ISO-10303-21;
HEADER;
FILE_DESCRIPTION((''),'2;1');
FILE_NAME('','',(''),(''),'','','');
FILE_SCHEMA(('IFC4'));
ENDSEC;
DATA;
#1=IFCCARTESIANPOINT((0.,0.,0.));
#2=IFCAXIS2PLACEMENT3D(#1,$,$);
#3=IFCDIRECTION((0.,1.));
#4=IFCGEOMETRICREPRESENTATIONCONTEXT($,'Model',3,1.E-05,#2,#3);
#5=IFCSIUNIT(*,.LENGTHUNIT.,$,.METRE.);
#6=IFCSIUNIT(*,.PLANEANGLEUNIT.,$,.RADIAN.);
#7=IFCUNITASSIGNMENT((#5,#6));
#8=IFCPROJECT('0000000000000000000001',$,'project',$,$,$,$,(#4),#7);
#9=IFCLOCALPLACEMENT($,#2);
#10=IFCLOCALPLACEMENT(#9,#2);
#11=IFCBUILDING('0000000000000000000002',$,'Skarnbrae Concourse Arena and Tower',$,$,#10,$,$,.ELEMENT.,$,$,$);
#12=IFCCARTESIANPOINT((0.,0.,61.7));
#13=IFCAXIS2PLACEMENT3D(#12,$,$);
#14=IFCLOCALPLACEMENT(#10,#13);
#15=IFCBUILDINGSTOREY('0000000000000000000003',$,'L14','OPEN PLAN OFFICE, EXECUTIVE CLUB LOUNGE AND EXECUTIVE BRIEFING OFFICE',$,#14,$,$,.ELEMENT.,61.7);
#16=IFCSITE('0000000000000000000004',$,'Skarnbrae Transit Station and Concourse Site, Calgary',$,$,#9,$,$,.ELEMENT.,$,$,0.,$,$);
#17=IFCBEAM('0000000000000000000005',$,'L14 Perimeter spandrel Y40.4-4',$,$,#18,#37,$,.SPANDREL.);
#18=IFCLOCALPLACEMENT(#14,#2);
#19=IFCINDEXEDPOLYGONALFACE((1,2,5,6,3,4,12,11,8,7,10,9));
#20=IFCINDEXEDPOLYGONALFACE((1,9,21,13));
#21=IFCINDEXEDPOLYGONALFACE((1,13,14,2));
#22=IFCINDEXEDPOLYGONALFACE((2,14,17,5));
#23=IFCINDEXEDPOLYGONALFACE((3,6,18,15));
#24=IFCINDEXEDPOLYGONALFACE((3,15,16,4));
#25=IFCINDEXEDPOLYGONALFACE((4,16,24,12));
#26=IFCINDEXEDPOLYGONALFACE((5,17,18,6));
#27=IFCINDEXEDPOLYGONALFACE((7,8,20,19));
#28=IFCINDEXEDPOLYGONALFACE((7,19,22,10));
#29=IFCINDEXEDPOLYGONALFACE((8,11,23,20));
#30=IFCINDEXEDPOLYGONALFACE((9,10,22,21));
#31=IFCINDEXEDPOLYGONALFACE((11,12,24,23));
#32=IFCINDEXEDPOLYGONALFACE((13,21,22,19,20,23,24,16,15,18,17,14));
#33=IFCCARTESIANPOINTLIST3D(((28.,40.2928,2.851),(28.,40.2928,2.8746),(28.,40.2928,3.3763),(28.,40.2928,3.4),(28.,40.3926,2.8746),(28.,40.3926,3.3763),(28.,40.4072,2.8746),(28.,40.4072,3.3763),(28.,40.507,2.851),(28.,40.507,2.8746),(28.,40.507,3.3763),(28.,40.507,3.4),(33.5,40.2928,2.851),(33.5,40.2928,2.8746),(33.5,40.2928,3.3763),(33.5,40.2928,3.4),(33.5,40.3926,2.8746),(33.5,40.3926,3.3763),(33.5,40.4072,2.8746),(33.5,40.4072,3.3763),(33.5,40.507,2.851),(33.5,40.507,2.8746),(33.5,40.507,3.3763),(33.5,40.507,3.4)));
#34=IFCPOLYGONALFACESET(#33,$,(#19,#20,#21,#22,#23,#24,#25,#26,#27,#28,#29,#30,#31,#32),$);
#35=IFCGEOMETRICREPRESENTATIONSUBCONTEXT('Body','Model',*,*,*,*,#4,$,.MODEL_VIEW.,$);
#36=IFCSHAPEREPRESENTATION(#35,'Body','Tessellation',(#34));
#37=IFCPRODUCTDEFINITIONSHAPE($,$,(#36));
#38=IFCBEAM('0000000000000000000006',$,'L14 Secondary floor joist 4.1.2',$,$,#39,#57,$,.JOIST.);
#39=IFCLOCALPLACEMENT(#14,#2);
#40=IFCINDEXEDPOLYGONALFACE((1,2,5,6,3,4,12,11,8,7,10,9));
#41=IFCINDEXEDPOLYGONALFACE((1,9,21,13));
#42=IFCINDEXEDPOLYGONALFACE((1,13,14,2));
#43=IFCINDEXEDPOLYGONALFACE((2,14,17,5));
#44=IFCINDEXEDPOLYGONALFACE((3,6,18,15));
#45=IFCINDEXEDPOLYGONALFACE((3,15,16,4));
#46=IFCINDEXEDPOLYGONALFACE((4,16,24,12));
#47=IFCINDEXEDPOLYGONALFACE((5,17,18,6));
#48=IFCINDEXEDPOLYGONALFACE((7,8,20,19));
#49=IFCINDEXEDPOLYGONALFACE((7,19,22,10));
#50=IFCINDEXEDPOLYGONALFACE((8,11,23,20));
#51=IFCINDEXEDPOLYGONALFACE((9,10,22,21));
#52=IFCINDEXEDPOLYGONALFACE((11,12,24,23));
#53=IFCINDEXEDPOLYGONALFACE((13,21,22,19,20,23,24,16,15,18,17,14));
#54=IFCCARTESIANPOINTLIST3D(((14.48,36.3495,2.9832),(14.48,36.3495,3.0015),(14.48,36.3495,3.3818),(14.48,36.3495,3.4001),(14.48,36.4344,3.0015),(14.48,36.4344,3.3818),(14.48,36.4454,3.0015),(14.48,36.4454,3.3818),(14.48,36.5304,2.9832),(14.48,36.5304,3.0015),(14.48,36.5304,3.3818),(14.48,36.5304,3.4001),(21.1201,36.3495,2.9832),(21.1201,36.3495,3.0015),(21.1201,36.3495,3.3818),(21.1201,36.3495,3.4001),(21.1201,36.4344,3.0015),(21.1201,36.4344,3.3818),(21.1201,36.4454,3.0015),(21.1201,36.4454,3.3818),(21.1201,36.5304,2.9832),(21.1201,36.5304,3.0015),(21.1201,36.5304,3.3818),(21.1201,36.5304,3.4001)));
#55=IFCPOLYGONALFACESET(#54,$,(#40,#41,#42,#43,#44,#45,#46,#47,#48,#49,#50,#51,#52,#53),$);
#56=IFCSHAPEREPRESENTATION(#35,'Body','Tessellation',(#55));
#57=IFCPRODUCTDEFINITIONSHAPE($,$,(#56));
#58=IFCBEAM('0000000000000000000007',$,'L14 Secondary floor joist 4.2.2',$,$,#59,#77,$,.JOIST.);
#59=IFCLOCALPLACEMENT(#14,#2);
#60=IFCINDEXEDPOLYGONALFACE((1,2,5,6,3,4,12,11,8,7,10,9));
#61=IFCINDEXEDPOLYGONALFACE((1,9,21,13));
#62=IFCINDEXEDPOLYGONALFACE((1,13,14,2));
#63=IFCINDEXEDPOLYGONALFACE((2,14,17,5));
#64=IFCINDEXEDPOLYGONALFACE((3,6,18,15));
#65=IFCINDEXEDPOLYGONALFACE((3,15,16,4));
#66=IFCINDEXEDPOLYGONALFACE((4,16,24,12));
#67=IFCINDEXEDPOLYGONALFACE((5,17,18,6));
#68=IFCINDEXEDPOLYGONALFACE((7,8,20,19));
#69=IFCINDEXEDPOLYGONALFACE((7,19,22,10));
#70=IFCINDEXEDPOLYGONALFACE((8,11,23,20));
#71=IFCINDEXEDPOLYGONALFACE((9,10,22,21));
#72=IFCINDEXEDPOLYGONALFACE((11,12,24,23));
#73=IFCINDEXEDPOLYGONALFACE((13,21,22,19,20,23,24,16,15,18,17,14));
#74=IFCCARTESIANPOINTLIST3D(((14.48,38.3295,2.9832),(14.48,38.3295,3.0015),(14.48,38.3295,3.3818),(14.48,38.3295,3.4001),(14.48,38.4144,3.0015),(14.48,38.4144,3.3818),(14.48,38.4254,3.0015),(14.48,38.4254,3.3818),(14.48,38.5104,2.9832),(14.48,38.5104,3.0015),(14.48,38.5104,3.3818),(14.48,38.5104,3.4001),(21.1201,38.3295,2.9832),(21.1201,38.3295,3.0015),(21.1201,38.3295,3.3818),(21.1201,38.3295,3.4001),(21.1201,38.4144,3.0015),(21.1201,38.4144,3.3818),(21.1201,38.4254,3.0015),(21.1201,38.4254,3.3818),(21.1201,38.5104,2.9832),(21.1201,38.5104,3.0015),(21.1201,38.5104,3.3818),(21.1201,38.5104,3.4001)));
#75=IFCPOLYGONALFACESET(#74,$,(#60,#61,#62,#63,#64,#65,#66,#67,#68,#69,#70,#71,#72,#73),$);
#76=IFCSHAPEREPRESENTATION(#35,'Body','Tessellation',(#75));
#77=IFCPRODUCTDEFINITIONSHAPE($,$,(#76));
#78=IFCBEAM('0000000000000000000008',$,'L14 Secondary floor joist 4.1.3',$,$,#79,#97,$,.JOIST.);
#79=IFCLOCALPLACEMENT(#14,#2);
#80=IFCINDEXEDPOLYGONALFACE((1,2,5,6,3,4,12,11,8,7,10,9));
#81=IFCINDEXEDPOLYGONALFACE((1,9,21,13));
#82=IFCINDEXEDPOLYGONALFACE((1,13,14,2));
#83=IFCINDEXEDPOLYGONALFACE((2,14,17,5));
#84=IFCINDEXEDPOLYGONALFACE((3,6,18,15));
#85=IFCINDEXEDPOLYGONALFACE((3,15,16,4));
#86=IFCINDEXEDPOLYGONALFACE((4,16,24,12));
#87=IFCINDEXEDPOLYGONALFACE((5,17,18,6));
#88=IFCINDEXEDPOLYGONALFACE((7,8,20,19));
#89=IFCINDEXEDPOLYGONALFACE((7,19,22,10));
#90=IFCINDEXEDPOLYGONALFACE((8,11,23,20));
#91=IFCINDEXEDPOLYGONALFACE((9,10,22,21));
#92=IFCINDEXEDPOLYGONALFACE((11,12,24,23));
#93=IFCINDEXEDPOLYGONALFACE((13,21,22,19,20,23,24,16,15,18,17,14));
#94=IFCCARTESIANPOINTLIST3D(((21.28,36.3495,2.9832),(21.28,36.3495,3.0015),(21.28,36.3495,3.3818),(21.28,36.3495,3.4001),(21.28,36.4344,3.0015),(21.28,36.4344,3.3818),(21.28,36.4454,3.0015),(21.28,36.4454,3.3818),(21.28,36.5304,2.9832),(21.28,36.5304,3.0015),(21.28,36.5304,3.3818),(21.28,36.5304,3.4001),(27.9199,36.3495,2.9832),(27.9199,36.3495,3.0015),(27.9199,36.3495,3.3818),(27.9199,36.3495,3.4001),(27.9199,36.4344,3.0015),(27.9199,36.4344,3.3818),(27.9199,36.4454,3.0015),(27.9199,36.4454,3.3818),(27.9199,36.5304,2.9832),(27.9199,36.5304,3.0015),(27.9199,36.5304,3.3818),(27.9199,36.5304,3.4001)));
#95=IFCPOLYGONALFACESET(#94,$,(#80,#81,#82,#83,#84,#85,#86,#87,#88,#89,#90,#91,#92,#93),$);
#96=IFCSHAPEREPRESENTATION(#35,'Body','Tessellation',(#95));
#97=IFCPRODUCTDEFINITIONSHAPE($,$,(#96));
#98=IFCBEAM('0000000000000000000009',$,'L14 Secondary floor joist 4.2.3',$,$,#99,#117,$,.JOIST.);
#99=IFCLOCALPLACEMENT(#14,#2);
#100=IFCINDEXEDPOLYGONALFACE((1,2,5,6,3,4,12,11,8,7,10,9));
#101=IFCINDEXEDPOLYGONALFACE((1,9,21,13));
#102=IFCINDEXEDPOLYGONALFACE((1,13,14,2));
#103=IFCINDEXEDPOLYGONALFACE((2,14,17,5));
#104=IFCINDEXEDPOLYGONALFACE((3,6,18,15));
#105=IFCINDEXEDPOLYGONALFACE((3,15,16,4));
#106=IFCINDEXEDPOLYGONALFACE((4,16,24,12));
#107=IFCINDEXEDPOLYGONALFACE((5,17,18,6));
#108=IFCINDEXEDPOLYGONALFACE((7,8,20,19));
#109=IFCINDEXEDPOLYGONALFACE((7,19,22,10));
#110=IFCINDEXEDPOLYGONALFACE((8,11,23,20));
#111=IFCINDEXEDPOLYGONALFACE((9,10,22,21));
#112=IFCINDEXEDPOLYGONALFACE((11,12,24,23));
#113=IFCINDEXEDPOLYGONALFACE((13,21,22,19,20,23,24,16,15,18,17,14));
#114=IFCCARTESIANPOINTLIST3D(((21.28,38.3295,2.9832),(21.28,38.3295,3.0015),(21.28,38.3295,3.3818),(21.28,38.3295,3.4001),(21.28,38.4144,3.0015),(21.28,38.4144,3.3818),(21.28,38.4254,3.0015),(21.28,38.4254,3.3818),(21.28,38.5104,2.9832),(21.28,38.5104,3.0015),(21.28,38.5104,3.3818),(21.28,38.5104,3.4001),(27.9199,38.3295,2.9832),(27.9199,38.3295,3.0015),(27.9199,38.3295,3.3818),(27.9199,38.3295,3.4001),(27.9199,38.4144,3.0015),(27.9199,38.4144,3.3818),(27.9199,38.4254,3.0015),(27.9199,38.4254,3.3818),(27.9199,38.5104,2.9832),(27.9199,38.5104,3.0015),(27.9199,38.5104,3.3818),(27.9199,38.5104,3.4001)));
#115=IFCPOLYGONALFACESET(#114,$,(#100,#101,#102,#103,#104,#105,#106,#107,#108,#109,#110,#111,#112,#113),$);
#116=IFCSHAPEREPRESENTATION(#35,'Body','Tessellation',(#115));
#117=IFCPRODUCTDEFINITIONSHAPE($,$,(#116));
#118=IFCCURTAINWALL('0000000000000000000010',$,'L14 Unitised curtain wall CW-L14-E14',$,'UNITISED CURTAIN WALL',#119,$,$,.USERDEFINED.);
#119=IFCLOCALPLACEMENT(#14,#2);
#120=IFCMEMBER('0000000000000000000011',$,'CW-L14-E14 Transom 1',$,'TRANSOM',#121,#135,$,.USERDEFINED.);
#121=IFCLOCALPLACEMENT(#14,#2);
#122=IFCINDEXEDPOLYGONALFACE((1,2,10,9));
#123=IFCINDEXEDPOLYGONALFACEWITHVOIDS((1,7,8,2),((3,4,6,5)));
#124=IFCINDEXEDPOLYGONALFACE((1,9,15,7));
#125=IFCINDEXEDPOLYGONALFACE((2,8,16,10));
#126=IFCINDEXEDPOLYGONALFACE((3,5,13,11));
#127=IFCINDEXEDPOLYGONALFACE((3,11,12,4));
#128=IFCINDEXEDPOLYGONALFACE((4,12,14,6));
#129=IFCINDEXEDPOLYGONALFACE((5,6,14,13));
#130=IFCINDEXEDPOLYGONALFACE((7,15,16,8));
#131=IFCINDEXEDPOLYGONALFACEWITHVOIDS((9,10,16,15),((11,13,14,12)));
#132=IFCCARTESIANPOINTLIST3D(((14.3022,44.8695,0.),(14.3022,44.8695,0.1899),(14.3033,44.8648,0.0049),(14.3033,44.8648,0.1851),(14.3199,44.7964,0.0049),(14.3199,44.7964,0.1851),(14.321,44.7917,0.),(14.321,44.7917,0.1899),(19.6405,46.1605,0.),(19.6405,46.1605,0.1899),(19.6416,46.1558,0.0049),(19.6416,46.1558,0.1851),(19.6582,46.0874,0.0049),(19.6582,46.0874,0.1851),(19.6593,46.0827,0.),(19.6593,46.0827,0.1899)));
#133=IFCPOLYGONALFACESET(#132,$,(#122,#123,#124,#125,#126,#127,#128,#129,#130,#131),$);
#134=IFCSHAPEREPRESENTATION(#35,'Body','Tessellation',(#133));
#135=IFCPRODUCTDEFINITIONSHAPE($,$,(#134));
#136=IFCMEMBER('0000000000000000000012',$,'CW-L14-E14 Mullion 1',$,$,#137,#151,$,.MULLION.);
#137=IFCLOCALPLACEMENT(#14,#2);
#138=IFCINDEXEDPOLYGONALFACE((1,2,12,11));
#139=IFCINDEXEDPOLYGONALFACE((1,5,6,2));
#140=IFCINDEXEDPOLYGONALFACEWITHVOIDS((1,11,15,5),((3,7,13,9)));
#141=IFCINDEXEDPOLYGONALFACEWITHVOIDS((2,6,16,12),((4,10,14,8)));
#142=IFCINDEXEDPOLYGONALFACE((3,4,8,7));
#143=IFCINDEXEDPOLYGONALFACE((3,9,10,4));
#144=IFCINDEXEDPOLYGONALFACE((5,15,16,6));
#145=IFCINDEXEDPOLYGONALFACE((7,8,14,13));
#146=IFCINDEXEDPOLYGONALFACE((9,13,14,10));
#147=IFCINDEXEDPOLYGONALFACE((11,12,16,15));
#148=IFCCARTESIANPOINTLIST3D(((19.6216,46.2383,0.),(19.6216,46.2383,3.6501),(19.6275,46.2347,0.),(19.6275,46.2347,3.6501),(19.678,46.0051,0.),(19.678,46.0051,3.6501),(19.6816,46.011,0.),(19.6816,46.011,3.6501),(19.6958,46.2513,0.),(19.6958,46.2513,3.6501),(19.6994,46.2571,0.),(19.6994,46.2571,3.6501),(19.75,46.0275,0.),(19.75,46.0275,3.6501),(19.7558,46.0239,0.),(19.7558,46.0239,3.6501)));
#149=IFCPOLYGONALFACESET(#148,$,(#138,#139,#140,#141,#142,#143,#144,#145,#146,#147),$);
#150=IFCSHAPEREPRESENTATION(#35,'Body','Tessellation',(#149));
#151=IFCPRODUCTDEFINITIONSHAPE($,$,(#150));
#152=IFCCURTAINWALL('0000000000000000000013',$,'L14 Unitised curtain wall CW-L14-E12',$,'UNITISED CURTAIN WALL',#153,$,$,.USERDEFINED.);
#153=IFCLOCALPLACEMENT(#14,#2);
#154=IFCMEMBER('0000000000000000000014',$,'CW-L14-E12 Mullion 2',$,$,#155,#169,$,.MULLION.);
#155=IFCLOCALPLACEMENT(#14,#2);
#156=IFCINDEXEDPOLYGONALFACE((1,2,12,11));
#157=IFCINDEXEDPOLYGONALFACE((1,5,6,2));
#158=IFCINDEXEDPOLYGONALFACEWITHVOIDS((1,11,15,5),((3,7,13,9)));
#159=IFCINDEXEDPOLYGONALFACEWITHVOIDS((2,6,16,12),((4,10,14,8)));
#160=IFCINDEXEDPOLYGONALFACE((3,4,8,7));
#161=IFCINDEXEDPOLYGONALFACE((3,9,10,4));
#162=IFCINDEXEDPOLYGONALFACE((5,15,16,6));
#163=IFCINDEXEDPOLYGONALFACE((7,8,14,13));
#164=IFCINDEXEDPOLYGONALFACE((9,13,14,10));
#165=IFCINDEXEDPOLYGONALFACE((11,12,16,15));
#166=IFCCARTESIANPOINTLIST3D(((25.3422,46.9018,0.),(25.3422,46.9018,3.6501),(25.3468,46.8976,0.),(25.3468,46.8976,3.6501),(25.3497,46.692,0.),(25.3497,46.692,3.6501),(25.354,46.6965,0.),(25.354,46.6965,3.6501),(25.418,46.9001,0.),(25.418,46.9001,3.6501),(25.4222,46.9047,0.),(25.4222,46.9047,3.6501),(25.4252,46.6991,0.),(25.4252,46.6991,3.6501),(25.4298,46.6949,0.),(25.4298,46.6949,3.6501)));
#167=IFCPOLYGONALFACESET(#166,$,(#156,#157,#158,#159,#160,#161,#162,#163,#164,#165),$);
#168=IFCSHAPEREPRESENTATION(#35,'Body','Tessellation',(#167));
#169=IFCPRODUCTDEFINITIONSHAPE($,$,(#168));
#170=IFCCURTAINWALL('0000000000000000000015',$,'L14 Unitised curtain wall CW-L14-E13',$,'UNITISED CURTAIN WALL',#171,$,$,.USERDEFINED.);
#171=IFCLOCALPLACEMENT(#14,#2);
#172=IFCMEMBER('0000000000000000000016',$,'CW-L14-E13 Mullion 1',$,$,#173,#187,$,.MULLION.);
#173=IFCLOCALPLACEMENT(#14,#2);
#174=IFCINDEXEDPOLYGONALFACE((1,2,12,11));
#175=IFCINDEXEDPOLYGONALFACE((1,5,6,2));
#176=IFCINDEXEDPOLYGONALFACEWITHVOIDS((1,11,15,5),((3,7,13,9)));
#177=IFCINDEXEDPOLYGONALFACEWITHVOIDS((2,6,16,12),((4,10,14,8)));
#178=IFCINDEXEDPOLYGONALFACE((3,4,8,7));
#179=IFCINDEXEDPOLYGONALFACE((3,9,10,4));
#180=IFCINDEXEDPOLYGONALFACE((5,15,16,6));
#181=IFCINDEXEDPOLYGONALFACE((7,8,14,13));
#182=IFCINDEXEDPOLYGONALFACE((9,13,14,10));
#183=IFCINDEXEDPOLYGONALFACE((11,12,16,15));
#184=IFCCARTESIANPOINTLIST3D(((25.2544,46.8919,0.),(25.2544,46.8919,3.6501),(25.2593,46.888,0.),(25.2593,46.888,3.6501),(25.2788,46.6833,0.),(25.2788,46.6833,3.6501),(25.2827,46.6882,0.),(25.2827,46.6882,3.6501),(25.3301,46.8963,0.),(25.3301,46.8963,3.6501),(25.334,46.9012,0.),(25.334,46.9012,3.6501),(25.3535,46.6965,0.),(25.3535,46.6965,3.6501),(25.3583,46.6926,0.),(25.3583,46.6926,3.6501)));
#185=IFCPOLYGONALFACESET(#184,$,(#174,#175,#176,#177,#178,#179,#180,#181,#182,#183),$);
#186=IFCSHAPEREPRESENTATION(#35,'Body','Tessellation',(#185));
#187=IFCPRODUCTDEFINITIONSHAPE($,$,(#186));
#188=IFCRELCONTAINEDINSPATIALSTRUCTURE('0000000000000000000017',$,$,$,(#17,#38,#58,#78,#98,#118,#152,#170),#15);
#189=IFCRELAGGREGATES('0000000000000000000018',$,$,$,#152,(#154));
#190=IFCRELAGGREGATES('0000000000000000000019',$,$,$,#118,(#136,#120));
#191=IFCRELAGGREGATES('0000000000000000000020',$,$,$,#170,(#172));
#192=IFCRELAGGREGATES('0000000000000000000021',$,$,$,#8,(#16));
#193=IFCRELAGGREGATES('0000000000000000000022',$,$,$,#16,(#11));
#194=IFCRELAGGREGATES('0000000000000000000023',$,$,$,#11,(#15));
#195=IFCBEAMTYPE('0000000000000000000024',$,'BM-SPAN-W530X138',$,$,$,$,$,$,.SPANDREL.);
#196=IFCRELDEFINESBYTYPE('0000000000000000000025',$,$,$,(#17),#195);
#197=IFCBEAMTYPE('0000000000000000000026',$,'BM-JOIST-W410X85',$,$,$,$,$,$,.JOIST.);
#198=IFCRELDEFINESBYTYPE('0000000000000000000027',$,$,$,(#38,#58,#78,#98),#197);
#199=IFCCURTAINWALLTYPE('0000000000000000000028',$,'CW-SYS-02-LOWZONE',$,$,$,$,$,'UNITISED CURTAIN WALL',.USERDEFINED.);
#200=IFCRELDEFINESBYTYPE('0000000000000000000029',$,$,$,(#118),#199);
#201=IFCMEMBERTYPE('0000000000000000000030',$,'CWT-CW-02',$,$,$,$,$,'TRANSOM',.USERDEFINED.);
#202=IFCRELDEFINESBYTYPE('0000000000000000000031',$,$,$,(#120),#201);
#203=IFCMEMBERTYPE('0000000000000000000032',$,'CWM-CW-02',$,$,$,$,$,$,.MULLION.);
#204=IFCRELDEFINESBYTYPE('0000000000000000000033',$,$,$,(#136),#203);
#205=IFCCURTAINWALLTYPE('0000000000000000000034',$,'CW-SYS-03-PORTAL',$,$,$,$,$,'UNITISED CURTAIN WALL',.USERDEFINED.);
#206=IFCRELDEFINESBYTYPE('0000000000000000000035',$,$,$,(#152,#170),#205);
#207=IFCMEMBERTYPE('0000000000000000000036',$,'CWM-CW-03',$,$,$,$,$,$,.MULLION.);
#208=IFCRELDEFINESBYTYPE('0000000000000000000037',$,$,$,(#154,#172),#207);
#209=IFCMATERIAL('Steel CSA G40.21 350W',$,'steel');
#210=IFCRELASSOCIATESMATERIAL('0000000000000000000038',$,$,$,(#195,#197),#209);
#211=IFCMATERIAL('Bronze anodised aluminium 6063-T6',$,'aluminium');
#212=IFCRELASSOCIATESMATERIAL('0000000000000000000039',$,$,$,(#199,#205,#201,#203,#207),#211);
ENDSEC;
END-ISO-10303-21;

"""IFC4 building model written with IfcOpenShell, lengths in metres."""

from ifc_helpers import new_model, si_unit, direction, frame, origin, origin_2d, place, context, subcontext, project, spatial, hollow_rectangle, i_section, extrude, source, transform, mapped, material, material_profile, profile_set, type_object, element, aggregate, save


model = new_model("IFC4")

# Units and contexts
model_context = context("Model", 3, precision=1e-05, world=origin(), true_north=direction((0.0, 1.0)))
body_context = subcontext(model_context, "Body", "Model", "MODEL_VIEW")
ifc_project = project(units=[si_unit("LENGTHUNIT", "METRE"), si_unit("PLANEANGLEUNIT", "RADIAN")], contexts=[model_context])

# Site, building, storey
site_placement = place(None, origin())
site = spatial("IfcSite", under=ifc_project, at=site_placement, Name="Skarnbrae Transit Station and Concourse Site, Calgary", CompositionType="ELEMENT", RefElevation=0.0)
building_placement = place(site_placement, origin())
building = spatial("IfcBuilding", under=site, at=building_placement, Name="Skarnbrae Concourse Arena and Tower", CompositionType="ELEMENT")
storey_placement = place(building_placement, frame((0.0, 0.0, 61.7)))
storey = spatial("IfcBuildingStorey", under=building, at=storey_placement, Name="L14", Description="OPEN PLAN OFFICE, EXECUTIVE CLUB LOUNGE AND EXECUTIVE BRIEFING OFFICE", CompositionType="ELEMENT", Elevation=61.7)

# Shared definitions
ifc_material_1 = material(Name="Steel CSA G40.21 350W", Category="steel")

# Beams
ifc_material_profile_1 = material_profile(ifc_material_1, i_section(OverallWidth=0.2141, OverallDepth=0.5491, WebThickness=0.0146, FlangeThickness=0.0237, at=origin_2d()), Name="W530X138")
ifc_profile_set_1 = profile_set([ifc_material_profile_1], Name="Steel CSA G40.21 350W")
beam_type_1 = type_object("IfcBeamType", Name="BM-SPAN-W530X138", PredefinedType="SPANDREL", material=ifc_profile_set_1)
shared_shape_1 = source(origin(), body_context, "Body", "SweptSolid", [
    extrude(i_section(OverallWidth=0.2141, OverallDepth=0.5491, WebThickness=0.0146, FlangeThickness=0.0237, at=origin_2d()), origin(), (0.0, 0.0, 1.0), 5.5),
])
beam_1_placement = place(storey_placement, frame((28.0, 40.3999, 3.1255), z_axis=(1.0, 0.0, 0.0), x_axis=(0.0, 1.0, 0.0)))
element("IfcBeam", 1, at=beam_1_placement, inside=storey, type_object=beam_type_1, Name="L14 Perimeter spandrel Y40.4-4", PredefinedType="SPANDREL", context=body_context, shape_type="MappedRepresentation", body=[
    mapped(shared_shape_1, transform((0.0, 0.0, 0.0))),
])
ifc_material_profile_2 = material_profile(ifc_material_1, i_section(OverallWidth=0.1809, OverallDepth=0.417, WebThickness=0.011, FlangeThickness=0.0183, at=origin_2d()), Name="W410X85")
ifc_profile_set_2 = profile_set([ifc_material_profile_2], Name="Steel CSA G40.21 350W")
beam_type_2 = type_object("IfcBeamType", Name="BM-JOIST-W410X85", PredefinedType="JOIST", material=ifc_profile_set_2)
shared_shape_2 = source(origin(), body_context, "Body", "SweptSolid", [
    extrude(i_section(OverallWidth=0.1809, OverallDepth=0.417, WebThickness=0.011, FlangeThickness=0.0183, at=origin_2d()), origin(), (0.0, 0.0, 1.0), 6.6401),
])
for number, where, z_axis, x_axis, name in (
    (2, (14.48, 36.4399, 3.1917), (1.0, 0.0, 0.0), (0.0, 1.0, 0.0), "L14 Secondary floor joist 4.1.2"),
    (3, (14.48, 38.4199, 3.1917), (1.0, 0.0, 0.0), (0.0, 1.0, 0.0), "L14 Secondary floor joist 4.2.2"),
):
    element("IfcBeam", number, at=place(storey_placement, frame(where, z_axis=z_axis, x_axis=x_axis)), inside=storey, type_object=beam_type_2, Name=name, PredefinedType="JOIST", context=body_context, shape_type="MappedRepresentation", body=[
        mapped(shared_shape_2, transform((0.0, 0.0, 0.0))),
    ])
shared_shape_3 = source(origin(), body_context, "Body", "SweptSolid", [
    extrude(i_section(OverallWidth=0.1809, OverallDepth=0.417, WebThickness=0.011, FlangeThickness=0.0183, at=origin_2d()), origin(), (0.0, 0.0, 1.0), 6.6399),
])
for number, where, z_axis, x_axis, name in (
    (4, (21.28, 36.4399, 3.1917), (1.0, 0.0, 0.0), (0.0, 1.0, 0.0), "L14 Secondary floor joist 4.1.3"),
    (5, (21.28, 38.4199, 3.1917), (1.0, 0.0, 0.0), (0.0, 1.0, 0.0), "L14 Secondary floor joist 4.2.3"),
):
    element("IfcBeam", number, at=place(storey_placement, frame(where, z_axis=z_axis, x_axis=x_axis)), inside=storey, type_object=beam_type_2, Name=name, PredefinedType="JOIST", context=body_context, shape_type="MappedRepresentation", body=[
        mapped(shared_shape_3, transform((0.0, 0.0, 0.0))),
    ])

# Curtain wall, members
ifc_material_2 = material(Name="Bronze anodised aluminium 6063-T6", Category="aluminium")
curtain_wall_type_1 = type_object("IfcCurtainWallType", Name="CW-SYS-02-LOWZONE", ElementType="UNITISED CURTAIN WALL", PredefinedType="USERDEFINED", material=ifc_material_2)
curtain_wall_1_placement = place(storey_placement, origin())
curtain_wall_1 = element("IfcCurtainWall", 6, at=curtain_wall_1_placement, inside=storey, type_object=curtain_wall_type_1, Name="L14 Unitised curtain wall CW-L14-E14", ObjectType="UNITISED CURTAIN WALL", PredefinedType="USERDEFINED")
ifc_material_profile_3 = material_profile(ifc_material_2, hollow_rectangle(XDim=0.0801, YDim=0.1899, WallThickness=0.0049, at=origin_2d()), Name="ALU-TRAN-80X190")
ifc_profile_set_3 = profile_set([ifc_material_profile_3], Name="Bronze anodised aluminium 6063-T6")
member_type_1 = type_object("IfcMemberType", Name="CWT-CW-02", ElementType="TRANSOM", PredefinedType="USERDEFINED", material=ifc_profile_set_3)
shared_shape_4 = source(origin(), body_context, "Body", "SweptSolid", [
    extrude(hollow_rectangle(XDim=0.0801, YDim=0.1899, WallThickness=0.0049, at=origin_2d()), origin(), (0.0, 0.0, 1.0), 5.4922),
])
member_1_placement = place(storey_placement, frame((19.6499, 46.1216, 0.095), z_axis=(-0.971981, -0.235061, 0.0), x_axis=(0.235061, -0.971981, 0.0)))
member_1 = element("IfcMember", 7, at=member_1_placement, type_object=member_type_1, Name="CW-L14-E14 Transom 1", ObjectType="TRANSOM", PredefinedType="USERDEFINED", context=body_context, shape_type="MappedRepresentation", body=[
    mapped(shared_shape_4, transform((0.0, 0.0, 0.0))),
])
ifc_material_profile_4 = material_profile(ifc_material_2, hollow_rectangle(XDim=0.0801, YDim=0.24, WallThickness=0.0049, at=origin_2d()), Name="ALU-MULL-80X240")
ifc_profile_set_4 = profile_set([ifc_material_profile_4], Name="Bronze anodised aluminium 6063-T6")
member_type_2 = type_object("IfcMemberType", Name="CWM-CW-02", PredefinedType="MULLION", material=ifc_profile_set_4)
shared_shape_5 = source(origin(), body_context, "Body", "SweptSolid", [
    extrude(hollow_rectangle(XDim=0.0801, YDim=0.24, WallThickness=0.0049, at=origin_2d()), origin(), (0.0, 0.0, 1.0), 3.6501),
])
member_2_placement = place(storey_placement, frame((19.6887, 46.1311, 0.0), z_axis=(0.0, 0.0, 1.0), x_axis=(-0.971974, -0.23509, 0.0)))
member_2 = element("IfcMember", 8, at=member_2_placement, type_object=member_type_2, Name="CW-L14-E14 Mullion 1", PredefinedType="MULLION", context=body_context, shape_type="MappedRepresentation", body=[
    mapped(shared_shape_5, transform((0.0, 0.0, 0.0))),
])

# Curtain wall, member
curtain_wall_type_2 = type_object("IfcCurtainWallType", Name="CW-SYS-03-PORTAL", ElementType="UNITISED CURTAIN WALL", PredefinedType="USERDEFINED", material=ifc_material_2)
curtain_wall_2_placement = place(storey_placement, origin())
curtain_wall_2 = element("IfcCurtainWall", 9, at=curtain_wall_2_placement, inside=storey, type_object=curtain_wall_type_2, Name="L14 Unitised curtain wall CW-L14-E12", ObjectType="UNITISED CURTAIN WALL", PredefinedType="USERDEFINED")
ifc_material_profile_5 = material_profile(ifc_material_2, hollow_rectangle(XDim=0.0801, YDim=0.21, WallThickness=0.0044, at=origin_2d()), Name="ALU-MULL-80X210")
ifc_profile_set_5 = profile_set([ifc_material_profile_5], Name="Bronze anodised aluminium 6063-T6")
member_type_3 = type_object("IfcMemberType", Name="CWM-CW-03", PredefinedType="MULLION", material=ifc_profile_set_5)
shared_shape_6 = source(origin(), body_context, "Body", "SweptSolid", [
    extrude(hollow_rectangle(XDim=0.0801, YDim=0.21, WallThickness=0.0044, at=origin_2d()), origin(), (0.0, 0.0, 1.0), 3.6501),
])
member_3_placement = place(storey_placement, frame((25.386, 46.7983, 0.0), z_axis=(0.0, 0.0, 1.0), x_axis=(-0.999355, -0.035899, 0.0)))
member_3 = element("IfcMember", 10, at=member_3_placement, type_object=member_type_3, Name="CW-L14-E12 Mullion 2", PredefinedType="MULLION", context=body_context, shape_type="MappedRepresentation", body=[
    mapped(shared_shape_6, transform((0.0, 0.0, 0.0))),
])
aggregate(curtain_wall_2, [member_3])

# Curtain wall, member
curtain_wall_3_placement = place(storey_placement, origin())
curtain_wall_3 = element("IfcCurtainWall", 11, at=curtain_wall_3_placement, inside=storey, type_object=curtain_wall_type_2, Name="L14 Unitised curtain wall CW-L14-E13", ObjectType="UNITISED CURTAIN WALL", PredefinedType="USERDEFINED")
member_4_placement = place(storey_placement, frame((25.3064, 46.7922, 0.0), z_axis=(0.0, 0.0, 1.0), x_axis=(-0.993245, -0.11604, 0.0)))
member_4 = element("IfcMember", 12, at=member_4_placement, type_object=member_type_3, Name="CW-L14-E13 Mullion 1", PredefinedType="MULLION", context=body_context, shape_type="MappedRepresentation", body=[
    mapped(shared_shape_6, transform((0.0, 0.0, 0.0))),
])

aggregate(curtain_wall_1, [member_2, member_1])
aggregate(curtain_wall_3, [member_4])

save(model, "model.ifc")
